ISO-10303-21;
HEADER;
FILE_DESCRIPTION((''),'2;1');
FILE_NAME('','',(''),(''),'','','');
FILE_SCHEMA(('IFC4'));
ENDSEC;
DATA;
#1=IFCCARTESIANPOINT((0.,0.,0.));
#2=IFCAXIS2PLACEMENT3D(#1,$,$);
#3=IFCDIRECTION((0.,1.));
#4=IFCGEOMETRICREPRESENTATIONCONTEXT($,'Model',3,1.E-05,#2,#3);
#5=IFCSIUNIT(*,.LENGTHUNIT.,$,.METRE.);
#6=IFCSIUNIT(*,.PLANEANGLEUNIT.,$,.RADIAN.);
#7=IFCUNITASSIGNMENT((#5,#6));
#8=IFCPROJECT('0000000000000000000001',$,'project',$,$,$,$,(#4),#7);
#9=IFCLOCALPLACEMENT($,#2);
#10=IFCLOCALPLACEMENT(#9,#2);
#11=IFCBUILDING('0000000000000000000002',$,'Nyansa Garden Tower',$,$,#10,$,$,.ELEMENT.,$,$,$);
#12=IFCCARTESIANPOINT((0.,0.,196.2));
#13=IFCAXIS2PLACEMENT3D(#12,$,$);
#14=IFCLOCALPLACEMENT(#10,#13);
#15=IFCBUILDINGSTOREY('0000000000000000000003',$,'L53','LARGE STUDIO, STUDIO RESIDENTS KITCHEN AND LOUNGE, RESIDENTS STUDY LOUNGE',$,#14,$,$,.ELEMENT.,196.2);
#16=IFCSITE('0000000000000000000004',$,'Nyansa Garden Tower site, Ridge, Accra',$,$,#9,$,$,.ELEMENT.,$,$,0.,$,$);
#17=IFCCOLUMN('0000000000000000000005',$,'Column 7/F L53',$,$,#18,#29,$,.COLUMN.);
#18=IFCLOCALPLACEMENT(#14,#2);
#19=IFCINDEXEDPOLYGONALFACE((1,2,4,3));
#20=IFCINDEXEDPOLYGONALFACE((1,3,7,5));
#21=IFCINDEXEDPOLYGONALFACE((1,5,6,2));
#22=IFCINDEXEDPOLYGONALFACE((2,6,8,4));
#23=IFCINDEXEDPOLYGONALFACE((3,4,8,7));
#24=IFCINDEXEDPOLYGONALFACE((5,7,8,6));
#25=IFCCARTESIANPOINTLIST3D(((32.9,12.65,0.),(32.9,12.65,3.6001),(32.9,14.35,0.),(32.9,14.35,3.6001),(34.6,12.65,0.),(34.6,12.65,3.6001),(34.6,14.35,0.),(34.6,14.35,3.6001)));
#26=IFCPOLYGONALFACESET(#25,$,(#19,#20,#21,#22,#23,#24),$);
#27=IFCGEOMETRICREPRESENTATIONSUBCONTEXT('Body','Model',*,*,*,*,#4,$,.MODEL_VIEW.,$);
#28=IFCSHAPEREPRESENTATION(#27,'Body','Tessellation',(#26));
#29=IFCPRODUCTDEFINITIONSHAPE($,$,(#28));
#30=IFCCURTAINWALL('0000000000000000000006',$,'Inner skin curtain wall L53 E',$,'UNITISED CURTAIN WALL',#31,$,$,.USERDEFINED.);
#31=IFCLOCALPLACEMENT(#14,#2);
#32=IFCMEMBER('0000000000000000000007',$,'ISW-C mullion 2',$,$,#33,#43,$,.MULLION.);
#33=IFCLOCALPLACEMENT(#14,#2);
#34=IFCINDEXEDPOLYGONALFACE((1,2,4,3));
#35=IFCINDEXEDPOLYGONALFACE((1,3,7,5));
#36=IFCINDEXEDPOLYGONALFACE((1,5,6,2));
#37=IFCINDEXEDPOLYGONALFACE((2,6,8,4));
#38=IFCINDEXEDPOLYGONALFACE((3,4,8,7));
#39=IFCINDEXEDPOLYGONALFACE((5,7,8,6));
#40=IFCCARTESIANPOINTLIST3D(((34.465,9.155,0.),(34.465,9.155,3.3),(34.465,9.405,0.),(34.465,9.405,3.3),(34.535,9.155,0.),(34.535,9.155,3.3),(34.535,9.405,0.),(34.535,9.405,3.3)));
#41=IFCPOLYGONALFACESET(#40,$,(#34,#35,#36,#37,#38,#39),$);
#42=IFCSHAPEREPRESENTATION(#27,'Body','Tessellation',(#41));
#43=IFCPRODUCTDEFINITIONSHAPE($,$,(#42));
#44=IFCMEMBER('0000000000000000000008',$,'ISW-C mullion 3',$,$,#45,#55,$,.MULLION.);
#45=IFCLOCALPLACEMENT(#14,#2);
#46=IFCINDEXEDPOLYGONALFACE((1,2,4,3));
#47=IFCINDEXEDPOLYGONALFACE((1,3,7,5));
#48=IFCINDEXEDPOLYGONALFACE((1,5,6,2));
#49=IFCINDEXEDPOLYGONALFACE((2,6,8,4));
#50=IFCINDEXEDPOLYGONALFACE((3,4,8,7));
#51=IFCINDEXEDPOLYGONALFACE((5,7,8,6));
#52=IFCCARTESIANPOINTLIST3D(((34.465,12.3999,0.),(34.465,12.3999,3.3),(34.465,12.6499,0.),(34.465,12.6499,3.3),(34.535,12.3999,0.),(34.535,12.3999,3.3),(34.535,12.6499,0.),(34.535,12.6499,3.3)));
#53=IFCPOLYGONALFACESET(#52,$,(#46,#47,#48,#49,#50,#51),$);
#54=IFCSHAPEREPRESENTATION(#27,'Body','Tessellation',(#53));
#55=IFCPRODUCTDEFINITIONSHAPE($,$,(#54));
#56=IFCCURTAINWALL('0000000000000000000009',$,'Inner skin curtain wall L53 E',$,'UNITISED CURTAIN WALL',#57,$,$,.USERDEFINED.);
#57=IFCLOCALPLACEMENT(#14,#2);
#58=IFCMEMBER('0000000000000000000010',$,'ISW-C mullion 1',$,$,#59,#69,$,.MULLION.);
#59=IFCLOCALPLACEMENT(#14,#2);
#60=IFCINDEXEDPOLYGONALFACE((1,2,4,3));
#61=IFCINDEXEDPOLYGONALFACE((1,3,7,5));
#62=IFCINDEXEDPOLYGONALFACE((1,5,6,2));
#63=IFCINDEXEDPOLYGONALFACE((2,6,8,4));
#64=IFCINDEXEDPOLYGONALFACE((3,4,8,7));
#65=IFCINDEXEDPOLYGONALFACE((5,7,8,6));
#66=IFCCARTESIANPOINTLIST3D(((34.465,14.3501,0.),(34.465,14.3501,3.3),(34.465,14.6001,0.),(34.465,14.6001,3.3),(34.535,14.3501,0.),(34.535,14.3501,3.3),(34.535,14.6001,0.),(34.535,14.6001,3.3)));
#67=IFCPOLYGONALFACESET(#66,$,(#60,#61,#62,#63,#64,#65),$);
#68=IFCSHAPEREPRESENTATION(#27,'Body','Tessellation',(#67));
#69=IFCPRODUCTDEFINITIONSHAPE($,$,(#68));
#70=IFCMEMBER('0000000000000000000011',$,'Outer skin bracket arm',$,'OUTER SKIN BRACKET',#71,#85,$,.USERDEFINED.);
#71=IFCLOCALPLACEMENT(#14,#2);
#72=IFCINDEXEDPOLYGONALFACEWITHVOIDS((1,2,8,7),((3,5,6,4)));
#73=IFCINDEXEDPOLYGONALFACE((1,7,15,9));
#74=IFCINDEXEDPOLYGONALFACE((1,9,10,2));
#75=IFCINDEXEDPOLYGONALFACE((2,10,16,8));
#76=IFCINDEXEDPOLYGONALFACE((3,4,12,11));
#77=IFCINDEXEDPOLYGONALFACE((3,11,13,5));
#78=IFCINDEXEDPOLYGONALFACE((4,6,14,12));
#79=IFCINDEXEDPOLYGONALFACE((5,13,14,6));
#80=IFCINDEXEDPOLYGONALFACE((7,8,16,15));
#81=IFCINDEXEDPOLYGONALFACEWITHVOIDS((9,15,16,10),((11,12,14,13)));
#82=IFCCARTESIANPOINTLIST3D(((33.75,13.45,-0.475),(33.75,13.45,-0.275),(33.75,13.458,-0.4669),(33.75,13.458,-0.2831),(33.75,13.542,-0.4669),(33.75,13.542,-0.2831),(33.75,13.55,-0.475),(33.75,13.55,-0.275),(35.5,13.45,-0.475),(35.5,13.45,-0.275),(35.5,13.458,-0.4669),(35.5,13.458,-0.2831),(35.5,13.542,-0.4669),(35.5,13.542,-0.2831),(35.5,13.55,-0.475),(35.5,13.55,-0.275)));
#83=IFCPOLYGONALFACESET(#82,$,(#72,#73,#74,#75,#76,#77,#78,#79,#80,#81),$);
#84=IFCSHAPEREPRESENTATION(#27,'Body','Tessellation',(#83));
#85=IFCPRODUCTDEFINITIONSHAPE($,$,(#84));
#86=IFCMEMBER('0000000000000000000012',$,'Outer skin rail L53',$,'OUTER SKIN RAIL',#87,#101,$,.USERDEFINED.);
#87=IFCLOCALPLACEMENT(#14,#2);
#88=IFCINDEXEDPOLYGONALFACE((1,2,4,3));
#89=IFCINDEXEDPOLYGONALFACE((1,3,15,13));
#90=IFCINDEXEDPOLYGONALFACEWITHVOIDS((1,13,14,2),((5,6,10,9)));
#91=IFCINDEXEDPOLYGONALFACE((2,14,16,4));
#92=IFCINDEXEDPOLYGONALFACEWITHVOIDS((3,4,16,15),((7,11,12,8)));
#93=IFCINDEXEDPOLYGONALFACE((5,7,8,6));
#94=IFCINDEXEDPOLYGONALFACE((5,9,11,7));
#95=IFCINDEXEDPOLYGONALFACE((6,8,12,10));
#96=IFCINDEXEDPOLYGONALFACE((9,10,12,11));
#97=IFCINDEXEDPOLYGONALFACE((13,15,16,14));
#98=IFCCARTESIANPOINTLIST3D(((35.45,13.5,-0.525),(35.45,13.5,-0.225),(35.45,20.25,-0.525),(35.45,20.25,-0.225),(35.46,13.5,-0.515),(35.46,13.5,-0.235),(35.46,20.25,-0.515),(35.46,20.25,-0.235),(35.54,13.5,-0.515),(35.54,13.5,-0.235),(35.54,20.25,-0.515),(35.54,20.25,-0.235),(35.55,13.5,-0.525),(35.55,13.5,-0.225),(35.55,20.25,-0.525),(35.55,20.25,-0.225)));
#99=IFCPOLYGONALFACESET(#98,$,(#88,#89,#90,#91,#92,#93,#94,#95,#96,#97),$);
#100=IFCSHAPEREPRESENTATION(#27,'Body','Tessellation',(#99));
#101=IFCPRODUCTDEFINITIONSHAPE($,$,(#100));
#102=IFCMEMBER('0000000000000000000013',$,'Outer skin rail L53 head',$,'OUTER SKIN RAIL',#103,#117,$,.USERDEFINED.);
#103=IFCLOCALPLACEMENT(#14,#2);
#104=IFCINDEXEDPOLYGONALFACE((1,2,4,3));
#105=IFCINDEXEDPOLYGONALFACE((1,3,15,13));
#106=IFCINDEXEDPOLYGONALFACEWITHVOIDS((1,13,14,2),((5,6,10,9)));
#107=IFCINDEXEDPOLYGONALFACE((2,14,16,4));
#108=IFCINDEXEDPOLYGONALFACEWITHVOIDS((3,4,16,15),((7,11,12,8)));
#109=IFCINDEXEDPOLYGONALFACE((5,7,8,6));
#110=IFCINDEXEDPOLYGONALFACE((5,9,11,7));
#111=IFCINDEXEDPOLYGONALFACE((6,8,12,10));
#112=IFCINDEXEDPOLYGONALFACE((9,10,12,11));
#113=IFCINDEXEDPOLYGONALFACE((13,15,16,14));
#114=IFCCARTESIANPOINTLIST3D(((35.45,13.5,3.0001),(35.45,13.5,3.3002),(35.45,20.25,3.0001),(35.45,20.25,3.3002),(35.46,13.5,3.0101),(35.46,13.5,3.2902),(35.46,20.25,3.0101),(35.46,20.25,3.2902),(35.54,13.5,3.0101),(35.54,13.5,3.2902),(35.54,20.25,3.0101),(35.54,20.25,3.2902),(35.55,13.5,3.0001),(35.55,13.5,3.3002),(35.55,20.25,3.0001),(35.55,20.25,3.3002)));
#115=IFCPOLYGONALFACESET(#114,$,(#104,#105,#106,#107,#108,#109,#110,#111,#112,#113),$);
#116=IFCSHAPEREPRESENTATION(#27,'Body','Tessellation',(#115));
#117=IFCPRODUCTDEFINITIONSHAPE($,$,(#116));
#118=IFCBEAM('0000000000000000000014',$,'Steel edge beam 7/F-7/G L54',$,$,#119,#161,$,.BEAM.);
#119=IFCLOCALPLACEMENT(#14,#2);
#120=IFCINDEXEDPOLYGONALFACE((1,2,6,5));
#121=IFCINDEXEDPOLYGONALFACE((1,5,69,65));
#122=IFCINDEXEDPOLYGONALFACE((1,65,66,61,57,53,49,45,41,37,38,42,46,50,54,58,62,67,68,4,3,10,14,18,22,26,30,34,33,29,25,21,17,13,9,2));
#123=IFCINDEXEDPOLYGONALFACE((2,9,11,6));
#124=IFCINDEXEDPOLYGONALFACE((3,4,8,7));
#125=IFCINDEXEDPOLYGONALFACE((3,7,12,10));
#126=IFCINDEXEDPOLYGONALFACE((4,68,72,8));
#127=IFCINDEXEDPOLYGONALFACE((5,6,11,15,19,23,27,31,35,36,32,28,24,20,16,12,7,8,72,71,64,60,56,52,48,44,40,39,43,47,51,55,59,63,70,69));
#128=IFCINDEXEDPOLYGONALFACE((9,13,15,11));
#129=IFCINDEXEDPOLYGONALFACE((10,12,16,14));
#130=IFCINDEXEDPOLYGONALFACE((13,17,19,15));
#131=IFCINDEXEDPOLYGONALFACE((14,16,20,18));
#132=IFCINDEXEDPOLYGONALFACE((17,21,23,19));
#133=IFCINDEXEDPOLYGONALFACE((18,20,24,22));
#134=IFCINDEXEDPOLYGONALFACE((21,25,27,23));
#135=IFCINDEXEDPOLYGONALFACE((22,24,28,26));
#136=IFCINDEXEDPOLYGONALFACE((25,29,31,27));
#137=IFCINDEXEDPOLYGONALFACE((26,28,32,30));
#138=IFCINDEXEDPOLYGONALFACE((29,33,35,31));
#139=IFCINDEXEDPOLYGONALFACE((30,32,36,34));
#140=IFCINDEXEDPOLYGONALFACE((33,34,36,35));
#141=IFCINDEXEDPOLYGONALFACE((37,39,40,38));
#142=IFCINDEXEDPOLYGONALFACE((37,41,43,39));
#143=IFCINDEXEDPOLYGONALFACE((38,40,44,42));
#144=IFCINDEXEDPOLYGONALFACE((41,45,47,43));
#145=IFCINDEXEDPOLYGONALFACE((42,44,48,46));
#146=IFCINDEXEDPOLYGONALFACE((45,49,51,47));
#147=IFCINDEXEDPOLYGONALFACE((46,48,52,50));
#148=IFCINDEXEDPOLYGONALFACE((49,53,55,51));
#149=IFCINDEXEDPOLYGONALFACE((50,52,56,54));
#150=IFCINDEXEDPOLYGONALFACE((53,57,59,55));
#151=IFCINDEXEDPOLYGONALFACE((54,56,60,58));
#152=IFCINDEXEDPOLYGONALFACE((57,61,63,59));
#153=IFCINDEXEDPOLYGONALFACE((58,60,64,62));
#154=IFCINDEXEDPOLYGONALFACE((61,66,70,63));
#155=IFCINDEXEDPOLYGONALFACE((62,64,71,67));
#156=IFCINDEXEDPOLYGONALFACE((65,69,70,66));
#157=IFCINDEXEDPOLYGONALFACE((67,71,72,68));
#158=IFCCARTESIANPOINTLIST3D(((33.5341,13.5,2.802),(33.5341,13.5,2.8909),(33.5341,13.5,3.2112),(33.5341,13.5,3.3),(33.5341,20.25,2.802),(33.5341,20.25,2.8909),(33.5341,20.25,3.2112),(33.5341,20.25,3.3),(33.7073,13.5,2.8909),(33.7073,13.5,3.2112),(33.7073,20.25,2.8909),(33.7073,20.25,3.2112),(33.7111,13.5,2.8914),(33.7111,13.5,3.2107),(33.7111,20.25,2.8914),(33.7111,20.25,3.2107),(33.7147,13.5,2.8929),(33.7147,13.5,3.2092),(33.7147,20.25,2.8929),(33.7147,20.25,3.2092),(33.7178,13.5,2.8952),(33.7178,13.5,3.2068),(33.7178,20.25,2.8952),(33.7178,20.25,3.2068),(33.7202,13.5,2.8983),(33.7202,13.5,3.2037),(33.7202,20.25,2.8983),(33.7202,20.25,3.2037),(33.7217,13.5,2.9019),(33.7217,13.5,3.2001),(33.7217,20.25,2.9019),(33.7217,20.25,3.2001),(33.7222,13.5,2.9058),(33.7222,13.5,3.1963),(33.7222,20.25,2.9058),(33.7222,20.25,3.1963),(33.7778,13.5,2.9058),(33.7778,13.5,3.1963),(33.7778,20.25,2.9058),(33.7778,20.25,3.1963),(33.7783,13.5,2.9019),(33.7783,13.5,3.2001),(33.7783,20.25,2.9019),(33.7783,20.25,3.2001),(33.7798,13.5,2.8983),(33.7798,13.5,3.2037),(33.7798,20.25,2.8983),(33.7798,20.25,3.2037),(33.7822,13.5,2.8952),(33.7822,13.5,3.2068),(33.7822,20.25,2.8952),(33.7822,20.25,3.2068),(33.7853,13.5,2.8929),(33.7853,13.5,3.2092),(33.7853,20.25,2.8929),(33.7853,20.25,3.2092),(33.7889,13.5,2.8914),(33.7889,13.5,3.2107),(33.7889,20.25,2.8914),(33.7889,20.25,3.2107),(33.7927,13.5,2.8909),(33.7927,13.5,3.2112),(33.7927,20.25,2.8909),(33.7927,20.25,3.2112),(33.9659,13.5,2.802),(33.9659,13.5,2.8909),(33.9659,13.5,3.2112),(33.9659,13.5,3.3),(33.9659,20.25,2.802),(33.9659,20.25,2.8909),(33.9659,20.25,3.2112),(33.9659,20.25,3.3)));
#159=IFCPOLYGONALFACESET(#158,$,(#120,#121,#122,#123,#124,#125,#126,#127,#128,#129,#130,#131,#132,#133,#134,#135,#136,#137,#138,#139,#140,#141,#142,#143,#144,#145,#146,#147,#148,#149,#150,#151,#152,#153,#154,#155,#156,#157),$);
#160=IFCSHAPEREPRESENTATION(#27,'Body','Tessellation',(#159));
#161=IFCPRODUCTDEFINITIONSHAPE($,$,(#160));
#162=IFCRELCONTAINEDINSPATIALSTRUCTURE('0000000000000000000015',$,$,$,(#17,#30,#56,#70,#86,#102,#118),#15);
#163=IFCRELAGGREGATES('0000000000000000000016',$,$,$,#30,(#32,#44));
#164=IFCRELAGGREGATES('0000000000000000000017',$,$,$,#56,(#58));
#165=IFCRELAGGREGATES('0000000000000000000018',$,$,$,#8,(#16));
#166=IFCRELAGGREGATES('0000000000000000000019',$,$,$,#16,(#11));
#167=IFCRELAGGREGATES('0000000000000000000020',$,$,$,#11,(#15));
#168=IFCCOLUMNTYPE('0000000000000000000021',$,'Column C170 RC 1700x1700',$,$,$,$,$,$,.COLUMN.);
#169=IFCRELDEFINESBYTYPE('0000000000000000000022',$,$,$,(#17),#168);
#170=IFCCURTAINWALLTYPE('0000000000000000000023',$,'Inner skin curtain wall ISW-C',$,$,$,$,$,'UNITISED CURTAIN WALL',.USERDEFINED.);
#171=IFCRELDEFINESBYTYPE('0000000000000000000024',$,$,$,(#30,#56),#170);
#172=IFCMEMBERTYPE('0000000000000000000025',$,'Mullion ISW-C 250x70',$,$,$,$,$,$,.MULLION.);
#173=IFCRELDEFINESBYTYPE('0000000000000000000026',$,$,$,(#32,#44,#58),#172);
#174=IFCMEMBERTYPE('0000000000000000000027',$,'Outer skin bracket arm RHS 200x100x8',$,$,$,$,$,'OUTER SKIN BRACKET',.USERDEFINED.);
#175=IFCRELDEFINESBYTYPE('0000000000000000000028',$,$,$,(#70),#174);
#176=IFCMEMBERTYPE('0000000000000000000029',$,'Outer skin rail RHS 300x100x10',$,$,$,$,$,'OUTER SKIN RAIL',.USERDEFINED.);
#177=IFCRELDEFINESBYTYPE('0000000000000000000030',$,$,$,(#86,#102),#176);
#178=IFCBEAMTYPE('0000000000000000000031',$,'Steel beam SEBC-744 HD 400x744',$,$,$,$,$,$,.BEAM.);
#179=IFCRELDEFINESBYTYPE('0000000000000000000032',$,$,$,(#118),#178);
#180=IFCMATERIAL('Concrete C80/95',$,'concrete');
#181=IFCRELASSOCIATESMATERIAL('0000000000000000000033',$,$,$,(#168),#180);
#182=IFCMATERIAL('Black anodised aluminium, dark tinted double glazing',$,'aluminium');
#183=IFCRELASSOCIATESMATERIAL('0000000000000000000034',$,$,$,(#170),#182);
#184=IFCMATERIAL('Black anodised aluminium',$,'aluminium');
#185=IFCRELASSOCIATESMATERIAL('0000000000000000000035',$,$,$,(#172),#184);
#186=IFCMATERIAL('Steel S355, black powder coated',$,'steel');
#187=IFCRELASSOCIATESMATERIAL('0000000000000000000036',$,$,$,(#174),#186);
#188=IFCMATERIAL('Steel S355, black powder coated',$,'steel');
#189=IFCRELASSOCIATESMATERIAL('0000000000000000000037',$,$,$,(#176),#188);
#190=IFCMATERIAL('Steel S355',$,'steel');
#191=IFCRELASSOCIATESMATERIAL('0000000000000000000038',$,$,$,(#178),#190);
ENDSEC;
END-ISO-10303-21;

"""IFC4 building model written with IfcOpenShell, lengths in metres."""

from ifc_helpers import new_model, si_unit, direction, frame, origin, origin_2d, place, context, subcontext, project, spatial, rectangle, hollow_rectangle, i_section, extrude, material, material_profile, profile_set, type_object, element, aggregate, save


model = new_model("IFC4")

# Units and contexts
model_context = context("Model", 3, precision=1e-05, world=origin(), true_north=direction((0.0, 1.0)))
body_context = subcontext(model_context, "Body", "Model", "MODEL_VIEW")
ifc_project = project(units=[si_unit("LENGTHUNIT", "METRE"), si_unit("PLANEANGLEUNIT", "RADIAN")], contexts=[model_context])

# Site, building, storey
site_placement = place(None, origin())
site = spatial("IfcSite", under=ifc_project, at=site_placement, Name="Nyansa Garden Tower site, Ridge, Accra", CompositionType="ELEMENT", RefElevation=0.0)
building_placement = place(site_placement, origin())
building = spatial("IfcBuilding", under=site, at=building_placement, Name="Nyansa Garden Tower", CompositionType="ELEMENT")
storey_placement = place(building_placement, frame((0.0, 0.0, 196.2)))
storey = spatial("IfcBuildingStorey", under=building, at=storey_placement, Name="L53", Description="LARGE STUDIO, STUDIO RESIDENTS KITCHEN AND LOUNGE, RESIDENTS STUDY LOUNGE", CompositionType="ELEMENT", Elevation=196.2)

# Column
ifc_material_1 = material(Name="Concrete C80/95", Category="concrete")
ifc_material_profile_1 = material_profile(ifc_material_1, rectangle(XDim=1.7, YDim=1.7, at=origin_2d()), Name="RC 1700x1700")
ifc_profile_set_1 = profile_set([ifc_material_profile_1], Name="Concrete C80/95")
column_type = type_object("IfcColumnType", Name="Column C170 RC 1700x1700", PredefinedType="COLUMN", material=ifc_profile_set_1)
column_placement = place(storey_placement, frame((33.75, 13.5, 0.0), z_axis=(0.0, 0.0, 1.0), x_axis=(1.0, 0.0, 0.0)))
element("IfcColumn", 1, at=column_placement, inside=storey, type_object=column_type, Name="Column 7/F L53", PredefinedType="COLUMN", context=body_context, shape_type="SweptSolid", body=[
    extrude(rectangle(XDim=1.7, YDim=1.7, at=origin_2d()), origin(), (0.0, 0.0, 1.0), 3.6001),
])

# Curtain wall, members
ifc_material_2 = material(Name="Black anodised aluminium, dark tinted double glazing", Category="aluminium")
curtain_wall_type = type_object("IfcCurtainWallType", Name="Inner skin curtain wall ISW-C", ElementType="UNITISED CURTAIN WALL", PredefinedType="USERDEFINED", material=ifc_material_2)
curtain_wall_1_placement = place(storey_placement, origin())
curtain_wall_1 = element("IfcCurtainWall", 2, at=curtain_wall_1_placement, inside=storey, type_object=curtain_wall_type, Name="Inner skin curtain wall L53 E", ObjectType="UNITISED CURTAIN WALL", PredefinedType="USERDEFINED")
ifc_material_3 = material(Name="Black anodised aluminium", Category="aluminium")
ifc_material_profile_2 = material_profile(ifc_material_3, rectangle(XDim=0.0701, YDim=0.25, at=origin_2d()), Name="Mullion 250x70")
ifc_profile_set_2 = profile_set([ifc_material_profile_2], Name="Black anodised aluminium")
member_type_1 = type_object("IfcMemberType", Name="Mullion ISW-C 250x70", PredefinedType="MULLION", material=ifc_profile_set_2)
member_1_placement = place(storey_placement, frame((34.5, 9.28, 0.0), z_axis=(0.0, 0.0, 1.0), x_axis=(-1.0, 0.0, 0.0)))
member_1 = element("IfcMember", 3, at=member_1_placement, type_object=member_type_1, Name="ISW-C mullion 2", PredefinedType="MULLION", context=body_context, shape_type="SweptSolid", body=[
    extrude(rectangle(XDim=0.0701, YDim=0.25, at=origin_2d()), origin(), (0.0, 0.0, 1.0), 3.3),
])
member_2_placement = place(storey_placement, frame((34.5, 12.5249, 0.0), z_axis=(0.0, 0.0, 1.0), x_axis=(-1.0, 0.0, 0.0)))
member_2 = element("IfcMember", 4, at=member_2_placement, type_object=member_type_1, Name="ISW-C mullion 3", PredefinedType="MULLION", context=body_context, shape_type="SweptSolid", body=[
    extrude(rectangle(XDim=0.0701, YDim=0.25, at=origin_2d()), origin(), (0.0, 0.0, 1.0), 3.3),
])

# Curtain wall, member
curtain_wall_2_placement = place(storey_placement, origin())
curtain_wall_2 = element("IfcCurtainWall", 5, at=curtain_wall_2_placement, inside=storey, type_object=curtain_wall_type, Name="Inner skin curtain wall L53 E", ObjectType="UNITISED CURTAIN WALL", PredefinedType="USERDEFINED")
member_3_placement = place(storey_placement, frame((34.5, 14.4751, 0.0), z_axis=(0.0, 0.0, 1.0), x_axis=(-1.0, 0.0, 0.0)))
member_3 = element("IfcMember", 6, at=member_3_placement, type_object=member_type_1, Name="ISW-C mullion 1", PredefinedType="MULLION", context=body_context, shape_type="SweptSolid", body=[
    extrude(rectangle(XDim=0.0701, YDim=0.25, at=origin_2d()), origin(), (0.0, 0.0, 1.0), 3.3),
])

# Members
ifc_material_4 = material(Name="Steel S355, black powder coated", Category="steel")
ifc_material_profile_3 = material_profile(ifc_material_4, hollow_rectangle(XDim=0.1001, YDim=0.2, WallThickness=0.0081, at=origin_2d()), Name="RHS 200x100x8")
ifc_profile_set_3 = profile_set([ifc_material_profile_3], Name="Steel S355, black powder coated")
member_type_2 = type_object("IfcMemberType", Name="Outer skin bracket arm RHS 200x100x8", ElementType="OUTER SKIN BRACKET", PredefinedType="USERDEFINED", material=ifc_profile_set_3)
member_4_placement = place(storey_placement, frame((33.75, 13.5, -0.375), z_axis=(1.0, 0.0, 0.0), x_axis=(0.0, 1.0, 0.0)))
element("IfcMember", 7, at=member_4_placement, inside=storey, type_object=member_type_2, Name="Outer skin bracket arm", ObjectType="OUTER SKIN BRACKET", PredefinedType="USERDEFINED", context=body_context, shape_type="SweptSolid", body=[
    extrude(hollow_rectangle(XDim=0.1001, YDim=0.2, WallThickness=0.0081, at=origin_2d()), origin(), (0.0, 0.0, 1.0), 1.75),
])
ifc_material_5 = material(Name="Steel S355, black powder coated", Category="steel")
ifc_material_profile_4 = material_profile(ifc_material_5, hollow_rectangle(XDim=0.1001, YDim=0.3, WallThickness=0.01, at=origin_2d()), Name="RHS 300x100x10")
ifc_profile_set_4 = profile_set([ifc_material_profile_4], Name="Steel S355, black powder coated")
member_type_3 = type_object("IfcMemberType", Name="Outer skin rail RHS 300x100x10", ElementType="OUTER SKIN RAIL", PredefinedType="USERDEFINED", material=ifc_profile_set_4)
for number, where, z_axis, x_axis, name in (
    (8, (35.5, 13.5, -0.375), (0.0, 1.0, 0.0), (-1.0, 0.0, 0.0), "Outer skin rail L53"),
    (9, (35.5, 13.5, 3.1501), (0.0, 1.0, 0.0), (-1.0, 0.0, 0.0), "Outer skin rail L53 head"),
):
    element("IfcMember", number, at=place(storey_placement, frame(where, z_axis=z_axis, x_axis=x_axis)), inside=storey, type_object=member_type_3, Name=name, ObjectType="OUTER SKIN RAIL", PredefinedType="USERDEFINED", context=body_context, shape_type="SweptSolid", body=[
        extrude(hollow_rectangle(XDim=0.1001, YDim=0.3, WallThickness=0.01, at=origin_2d()), origin(), (0.0, 0.0, 1.0), 6.75),
    ])

# Beam
ifc_material_6 = material(Name="Steel S355", Category="steel")
ifc_material_profile_5 = material_profile(ifc_material_6, i_section(OverallWidth=0.4319, OverallDepth=0.498, WebThickness=0.0557, FlangeThickness=0.0889, FilletRadius=0.0149, at=origin_2d()), Name="HD 400x744")
ifc_profile_set_5 = profile_set([ifc_material_profile_5], Name="Steel S355")
beam_type_1 = type_object("IfcBeamType", Name="Steel beam SEBC-744 HD 400x744", PredefinedType="BEAM", material=ifc_profile_set_5)
beam_1_placement = place(storey_placement, frame((33.75, 13.5, 3.051), z_axis=(0.0, 1.0, 0.0), x_axis=(-1.0, 0.0, 0.0)))
element("IfcBeam", 10, at=beam_1_placement, inside=storey, type_object=beam_type_1, Name="Steel edge beam 7/F-7/G L54", PredefinedType="BEAM", context=body_context, shape_type="SweptSolid", body=[
    extrude(i_section(OverallWidth=0.4319, OverallDepth=0.498, WebThickness=0.0557, FlangeThickness=0.0889, FilletRadius=0.0149, at=origin_2d()), origin(), (0.0, 0.0, 1.0), 6.75),
])

aggregate(curtain_wall_1, [member_1, member_2])
aggregate(curtain_wall_2, [member_3])

save(model, "model.ifc")
